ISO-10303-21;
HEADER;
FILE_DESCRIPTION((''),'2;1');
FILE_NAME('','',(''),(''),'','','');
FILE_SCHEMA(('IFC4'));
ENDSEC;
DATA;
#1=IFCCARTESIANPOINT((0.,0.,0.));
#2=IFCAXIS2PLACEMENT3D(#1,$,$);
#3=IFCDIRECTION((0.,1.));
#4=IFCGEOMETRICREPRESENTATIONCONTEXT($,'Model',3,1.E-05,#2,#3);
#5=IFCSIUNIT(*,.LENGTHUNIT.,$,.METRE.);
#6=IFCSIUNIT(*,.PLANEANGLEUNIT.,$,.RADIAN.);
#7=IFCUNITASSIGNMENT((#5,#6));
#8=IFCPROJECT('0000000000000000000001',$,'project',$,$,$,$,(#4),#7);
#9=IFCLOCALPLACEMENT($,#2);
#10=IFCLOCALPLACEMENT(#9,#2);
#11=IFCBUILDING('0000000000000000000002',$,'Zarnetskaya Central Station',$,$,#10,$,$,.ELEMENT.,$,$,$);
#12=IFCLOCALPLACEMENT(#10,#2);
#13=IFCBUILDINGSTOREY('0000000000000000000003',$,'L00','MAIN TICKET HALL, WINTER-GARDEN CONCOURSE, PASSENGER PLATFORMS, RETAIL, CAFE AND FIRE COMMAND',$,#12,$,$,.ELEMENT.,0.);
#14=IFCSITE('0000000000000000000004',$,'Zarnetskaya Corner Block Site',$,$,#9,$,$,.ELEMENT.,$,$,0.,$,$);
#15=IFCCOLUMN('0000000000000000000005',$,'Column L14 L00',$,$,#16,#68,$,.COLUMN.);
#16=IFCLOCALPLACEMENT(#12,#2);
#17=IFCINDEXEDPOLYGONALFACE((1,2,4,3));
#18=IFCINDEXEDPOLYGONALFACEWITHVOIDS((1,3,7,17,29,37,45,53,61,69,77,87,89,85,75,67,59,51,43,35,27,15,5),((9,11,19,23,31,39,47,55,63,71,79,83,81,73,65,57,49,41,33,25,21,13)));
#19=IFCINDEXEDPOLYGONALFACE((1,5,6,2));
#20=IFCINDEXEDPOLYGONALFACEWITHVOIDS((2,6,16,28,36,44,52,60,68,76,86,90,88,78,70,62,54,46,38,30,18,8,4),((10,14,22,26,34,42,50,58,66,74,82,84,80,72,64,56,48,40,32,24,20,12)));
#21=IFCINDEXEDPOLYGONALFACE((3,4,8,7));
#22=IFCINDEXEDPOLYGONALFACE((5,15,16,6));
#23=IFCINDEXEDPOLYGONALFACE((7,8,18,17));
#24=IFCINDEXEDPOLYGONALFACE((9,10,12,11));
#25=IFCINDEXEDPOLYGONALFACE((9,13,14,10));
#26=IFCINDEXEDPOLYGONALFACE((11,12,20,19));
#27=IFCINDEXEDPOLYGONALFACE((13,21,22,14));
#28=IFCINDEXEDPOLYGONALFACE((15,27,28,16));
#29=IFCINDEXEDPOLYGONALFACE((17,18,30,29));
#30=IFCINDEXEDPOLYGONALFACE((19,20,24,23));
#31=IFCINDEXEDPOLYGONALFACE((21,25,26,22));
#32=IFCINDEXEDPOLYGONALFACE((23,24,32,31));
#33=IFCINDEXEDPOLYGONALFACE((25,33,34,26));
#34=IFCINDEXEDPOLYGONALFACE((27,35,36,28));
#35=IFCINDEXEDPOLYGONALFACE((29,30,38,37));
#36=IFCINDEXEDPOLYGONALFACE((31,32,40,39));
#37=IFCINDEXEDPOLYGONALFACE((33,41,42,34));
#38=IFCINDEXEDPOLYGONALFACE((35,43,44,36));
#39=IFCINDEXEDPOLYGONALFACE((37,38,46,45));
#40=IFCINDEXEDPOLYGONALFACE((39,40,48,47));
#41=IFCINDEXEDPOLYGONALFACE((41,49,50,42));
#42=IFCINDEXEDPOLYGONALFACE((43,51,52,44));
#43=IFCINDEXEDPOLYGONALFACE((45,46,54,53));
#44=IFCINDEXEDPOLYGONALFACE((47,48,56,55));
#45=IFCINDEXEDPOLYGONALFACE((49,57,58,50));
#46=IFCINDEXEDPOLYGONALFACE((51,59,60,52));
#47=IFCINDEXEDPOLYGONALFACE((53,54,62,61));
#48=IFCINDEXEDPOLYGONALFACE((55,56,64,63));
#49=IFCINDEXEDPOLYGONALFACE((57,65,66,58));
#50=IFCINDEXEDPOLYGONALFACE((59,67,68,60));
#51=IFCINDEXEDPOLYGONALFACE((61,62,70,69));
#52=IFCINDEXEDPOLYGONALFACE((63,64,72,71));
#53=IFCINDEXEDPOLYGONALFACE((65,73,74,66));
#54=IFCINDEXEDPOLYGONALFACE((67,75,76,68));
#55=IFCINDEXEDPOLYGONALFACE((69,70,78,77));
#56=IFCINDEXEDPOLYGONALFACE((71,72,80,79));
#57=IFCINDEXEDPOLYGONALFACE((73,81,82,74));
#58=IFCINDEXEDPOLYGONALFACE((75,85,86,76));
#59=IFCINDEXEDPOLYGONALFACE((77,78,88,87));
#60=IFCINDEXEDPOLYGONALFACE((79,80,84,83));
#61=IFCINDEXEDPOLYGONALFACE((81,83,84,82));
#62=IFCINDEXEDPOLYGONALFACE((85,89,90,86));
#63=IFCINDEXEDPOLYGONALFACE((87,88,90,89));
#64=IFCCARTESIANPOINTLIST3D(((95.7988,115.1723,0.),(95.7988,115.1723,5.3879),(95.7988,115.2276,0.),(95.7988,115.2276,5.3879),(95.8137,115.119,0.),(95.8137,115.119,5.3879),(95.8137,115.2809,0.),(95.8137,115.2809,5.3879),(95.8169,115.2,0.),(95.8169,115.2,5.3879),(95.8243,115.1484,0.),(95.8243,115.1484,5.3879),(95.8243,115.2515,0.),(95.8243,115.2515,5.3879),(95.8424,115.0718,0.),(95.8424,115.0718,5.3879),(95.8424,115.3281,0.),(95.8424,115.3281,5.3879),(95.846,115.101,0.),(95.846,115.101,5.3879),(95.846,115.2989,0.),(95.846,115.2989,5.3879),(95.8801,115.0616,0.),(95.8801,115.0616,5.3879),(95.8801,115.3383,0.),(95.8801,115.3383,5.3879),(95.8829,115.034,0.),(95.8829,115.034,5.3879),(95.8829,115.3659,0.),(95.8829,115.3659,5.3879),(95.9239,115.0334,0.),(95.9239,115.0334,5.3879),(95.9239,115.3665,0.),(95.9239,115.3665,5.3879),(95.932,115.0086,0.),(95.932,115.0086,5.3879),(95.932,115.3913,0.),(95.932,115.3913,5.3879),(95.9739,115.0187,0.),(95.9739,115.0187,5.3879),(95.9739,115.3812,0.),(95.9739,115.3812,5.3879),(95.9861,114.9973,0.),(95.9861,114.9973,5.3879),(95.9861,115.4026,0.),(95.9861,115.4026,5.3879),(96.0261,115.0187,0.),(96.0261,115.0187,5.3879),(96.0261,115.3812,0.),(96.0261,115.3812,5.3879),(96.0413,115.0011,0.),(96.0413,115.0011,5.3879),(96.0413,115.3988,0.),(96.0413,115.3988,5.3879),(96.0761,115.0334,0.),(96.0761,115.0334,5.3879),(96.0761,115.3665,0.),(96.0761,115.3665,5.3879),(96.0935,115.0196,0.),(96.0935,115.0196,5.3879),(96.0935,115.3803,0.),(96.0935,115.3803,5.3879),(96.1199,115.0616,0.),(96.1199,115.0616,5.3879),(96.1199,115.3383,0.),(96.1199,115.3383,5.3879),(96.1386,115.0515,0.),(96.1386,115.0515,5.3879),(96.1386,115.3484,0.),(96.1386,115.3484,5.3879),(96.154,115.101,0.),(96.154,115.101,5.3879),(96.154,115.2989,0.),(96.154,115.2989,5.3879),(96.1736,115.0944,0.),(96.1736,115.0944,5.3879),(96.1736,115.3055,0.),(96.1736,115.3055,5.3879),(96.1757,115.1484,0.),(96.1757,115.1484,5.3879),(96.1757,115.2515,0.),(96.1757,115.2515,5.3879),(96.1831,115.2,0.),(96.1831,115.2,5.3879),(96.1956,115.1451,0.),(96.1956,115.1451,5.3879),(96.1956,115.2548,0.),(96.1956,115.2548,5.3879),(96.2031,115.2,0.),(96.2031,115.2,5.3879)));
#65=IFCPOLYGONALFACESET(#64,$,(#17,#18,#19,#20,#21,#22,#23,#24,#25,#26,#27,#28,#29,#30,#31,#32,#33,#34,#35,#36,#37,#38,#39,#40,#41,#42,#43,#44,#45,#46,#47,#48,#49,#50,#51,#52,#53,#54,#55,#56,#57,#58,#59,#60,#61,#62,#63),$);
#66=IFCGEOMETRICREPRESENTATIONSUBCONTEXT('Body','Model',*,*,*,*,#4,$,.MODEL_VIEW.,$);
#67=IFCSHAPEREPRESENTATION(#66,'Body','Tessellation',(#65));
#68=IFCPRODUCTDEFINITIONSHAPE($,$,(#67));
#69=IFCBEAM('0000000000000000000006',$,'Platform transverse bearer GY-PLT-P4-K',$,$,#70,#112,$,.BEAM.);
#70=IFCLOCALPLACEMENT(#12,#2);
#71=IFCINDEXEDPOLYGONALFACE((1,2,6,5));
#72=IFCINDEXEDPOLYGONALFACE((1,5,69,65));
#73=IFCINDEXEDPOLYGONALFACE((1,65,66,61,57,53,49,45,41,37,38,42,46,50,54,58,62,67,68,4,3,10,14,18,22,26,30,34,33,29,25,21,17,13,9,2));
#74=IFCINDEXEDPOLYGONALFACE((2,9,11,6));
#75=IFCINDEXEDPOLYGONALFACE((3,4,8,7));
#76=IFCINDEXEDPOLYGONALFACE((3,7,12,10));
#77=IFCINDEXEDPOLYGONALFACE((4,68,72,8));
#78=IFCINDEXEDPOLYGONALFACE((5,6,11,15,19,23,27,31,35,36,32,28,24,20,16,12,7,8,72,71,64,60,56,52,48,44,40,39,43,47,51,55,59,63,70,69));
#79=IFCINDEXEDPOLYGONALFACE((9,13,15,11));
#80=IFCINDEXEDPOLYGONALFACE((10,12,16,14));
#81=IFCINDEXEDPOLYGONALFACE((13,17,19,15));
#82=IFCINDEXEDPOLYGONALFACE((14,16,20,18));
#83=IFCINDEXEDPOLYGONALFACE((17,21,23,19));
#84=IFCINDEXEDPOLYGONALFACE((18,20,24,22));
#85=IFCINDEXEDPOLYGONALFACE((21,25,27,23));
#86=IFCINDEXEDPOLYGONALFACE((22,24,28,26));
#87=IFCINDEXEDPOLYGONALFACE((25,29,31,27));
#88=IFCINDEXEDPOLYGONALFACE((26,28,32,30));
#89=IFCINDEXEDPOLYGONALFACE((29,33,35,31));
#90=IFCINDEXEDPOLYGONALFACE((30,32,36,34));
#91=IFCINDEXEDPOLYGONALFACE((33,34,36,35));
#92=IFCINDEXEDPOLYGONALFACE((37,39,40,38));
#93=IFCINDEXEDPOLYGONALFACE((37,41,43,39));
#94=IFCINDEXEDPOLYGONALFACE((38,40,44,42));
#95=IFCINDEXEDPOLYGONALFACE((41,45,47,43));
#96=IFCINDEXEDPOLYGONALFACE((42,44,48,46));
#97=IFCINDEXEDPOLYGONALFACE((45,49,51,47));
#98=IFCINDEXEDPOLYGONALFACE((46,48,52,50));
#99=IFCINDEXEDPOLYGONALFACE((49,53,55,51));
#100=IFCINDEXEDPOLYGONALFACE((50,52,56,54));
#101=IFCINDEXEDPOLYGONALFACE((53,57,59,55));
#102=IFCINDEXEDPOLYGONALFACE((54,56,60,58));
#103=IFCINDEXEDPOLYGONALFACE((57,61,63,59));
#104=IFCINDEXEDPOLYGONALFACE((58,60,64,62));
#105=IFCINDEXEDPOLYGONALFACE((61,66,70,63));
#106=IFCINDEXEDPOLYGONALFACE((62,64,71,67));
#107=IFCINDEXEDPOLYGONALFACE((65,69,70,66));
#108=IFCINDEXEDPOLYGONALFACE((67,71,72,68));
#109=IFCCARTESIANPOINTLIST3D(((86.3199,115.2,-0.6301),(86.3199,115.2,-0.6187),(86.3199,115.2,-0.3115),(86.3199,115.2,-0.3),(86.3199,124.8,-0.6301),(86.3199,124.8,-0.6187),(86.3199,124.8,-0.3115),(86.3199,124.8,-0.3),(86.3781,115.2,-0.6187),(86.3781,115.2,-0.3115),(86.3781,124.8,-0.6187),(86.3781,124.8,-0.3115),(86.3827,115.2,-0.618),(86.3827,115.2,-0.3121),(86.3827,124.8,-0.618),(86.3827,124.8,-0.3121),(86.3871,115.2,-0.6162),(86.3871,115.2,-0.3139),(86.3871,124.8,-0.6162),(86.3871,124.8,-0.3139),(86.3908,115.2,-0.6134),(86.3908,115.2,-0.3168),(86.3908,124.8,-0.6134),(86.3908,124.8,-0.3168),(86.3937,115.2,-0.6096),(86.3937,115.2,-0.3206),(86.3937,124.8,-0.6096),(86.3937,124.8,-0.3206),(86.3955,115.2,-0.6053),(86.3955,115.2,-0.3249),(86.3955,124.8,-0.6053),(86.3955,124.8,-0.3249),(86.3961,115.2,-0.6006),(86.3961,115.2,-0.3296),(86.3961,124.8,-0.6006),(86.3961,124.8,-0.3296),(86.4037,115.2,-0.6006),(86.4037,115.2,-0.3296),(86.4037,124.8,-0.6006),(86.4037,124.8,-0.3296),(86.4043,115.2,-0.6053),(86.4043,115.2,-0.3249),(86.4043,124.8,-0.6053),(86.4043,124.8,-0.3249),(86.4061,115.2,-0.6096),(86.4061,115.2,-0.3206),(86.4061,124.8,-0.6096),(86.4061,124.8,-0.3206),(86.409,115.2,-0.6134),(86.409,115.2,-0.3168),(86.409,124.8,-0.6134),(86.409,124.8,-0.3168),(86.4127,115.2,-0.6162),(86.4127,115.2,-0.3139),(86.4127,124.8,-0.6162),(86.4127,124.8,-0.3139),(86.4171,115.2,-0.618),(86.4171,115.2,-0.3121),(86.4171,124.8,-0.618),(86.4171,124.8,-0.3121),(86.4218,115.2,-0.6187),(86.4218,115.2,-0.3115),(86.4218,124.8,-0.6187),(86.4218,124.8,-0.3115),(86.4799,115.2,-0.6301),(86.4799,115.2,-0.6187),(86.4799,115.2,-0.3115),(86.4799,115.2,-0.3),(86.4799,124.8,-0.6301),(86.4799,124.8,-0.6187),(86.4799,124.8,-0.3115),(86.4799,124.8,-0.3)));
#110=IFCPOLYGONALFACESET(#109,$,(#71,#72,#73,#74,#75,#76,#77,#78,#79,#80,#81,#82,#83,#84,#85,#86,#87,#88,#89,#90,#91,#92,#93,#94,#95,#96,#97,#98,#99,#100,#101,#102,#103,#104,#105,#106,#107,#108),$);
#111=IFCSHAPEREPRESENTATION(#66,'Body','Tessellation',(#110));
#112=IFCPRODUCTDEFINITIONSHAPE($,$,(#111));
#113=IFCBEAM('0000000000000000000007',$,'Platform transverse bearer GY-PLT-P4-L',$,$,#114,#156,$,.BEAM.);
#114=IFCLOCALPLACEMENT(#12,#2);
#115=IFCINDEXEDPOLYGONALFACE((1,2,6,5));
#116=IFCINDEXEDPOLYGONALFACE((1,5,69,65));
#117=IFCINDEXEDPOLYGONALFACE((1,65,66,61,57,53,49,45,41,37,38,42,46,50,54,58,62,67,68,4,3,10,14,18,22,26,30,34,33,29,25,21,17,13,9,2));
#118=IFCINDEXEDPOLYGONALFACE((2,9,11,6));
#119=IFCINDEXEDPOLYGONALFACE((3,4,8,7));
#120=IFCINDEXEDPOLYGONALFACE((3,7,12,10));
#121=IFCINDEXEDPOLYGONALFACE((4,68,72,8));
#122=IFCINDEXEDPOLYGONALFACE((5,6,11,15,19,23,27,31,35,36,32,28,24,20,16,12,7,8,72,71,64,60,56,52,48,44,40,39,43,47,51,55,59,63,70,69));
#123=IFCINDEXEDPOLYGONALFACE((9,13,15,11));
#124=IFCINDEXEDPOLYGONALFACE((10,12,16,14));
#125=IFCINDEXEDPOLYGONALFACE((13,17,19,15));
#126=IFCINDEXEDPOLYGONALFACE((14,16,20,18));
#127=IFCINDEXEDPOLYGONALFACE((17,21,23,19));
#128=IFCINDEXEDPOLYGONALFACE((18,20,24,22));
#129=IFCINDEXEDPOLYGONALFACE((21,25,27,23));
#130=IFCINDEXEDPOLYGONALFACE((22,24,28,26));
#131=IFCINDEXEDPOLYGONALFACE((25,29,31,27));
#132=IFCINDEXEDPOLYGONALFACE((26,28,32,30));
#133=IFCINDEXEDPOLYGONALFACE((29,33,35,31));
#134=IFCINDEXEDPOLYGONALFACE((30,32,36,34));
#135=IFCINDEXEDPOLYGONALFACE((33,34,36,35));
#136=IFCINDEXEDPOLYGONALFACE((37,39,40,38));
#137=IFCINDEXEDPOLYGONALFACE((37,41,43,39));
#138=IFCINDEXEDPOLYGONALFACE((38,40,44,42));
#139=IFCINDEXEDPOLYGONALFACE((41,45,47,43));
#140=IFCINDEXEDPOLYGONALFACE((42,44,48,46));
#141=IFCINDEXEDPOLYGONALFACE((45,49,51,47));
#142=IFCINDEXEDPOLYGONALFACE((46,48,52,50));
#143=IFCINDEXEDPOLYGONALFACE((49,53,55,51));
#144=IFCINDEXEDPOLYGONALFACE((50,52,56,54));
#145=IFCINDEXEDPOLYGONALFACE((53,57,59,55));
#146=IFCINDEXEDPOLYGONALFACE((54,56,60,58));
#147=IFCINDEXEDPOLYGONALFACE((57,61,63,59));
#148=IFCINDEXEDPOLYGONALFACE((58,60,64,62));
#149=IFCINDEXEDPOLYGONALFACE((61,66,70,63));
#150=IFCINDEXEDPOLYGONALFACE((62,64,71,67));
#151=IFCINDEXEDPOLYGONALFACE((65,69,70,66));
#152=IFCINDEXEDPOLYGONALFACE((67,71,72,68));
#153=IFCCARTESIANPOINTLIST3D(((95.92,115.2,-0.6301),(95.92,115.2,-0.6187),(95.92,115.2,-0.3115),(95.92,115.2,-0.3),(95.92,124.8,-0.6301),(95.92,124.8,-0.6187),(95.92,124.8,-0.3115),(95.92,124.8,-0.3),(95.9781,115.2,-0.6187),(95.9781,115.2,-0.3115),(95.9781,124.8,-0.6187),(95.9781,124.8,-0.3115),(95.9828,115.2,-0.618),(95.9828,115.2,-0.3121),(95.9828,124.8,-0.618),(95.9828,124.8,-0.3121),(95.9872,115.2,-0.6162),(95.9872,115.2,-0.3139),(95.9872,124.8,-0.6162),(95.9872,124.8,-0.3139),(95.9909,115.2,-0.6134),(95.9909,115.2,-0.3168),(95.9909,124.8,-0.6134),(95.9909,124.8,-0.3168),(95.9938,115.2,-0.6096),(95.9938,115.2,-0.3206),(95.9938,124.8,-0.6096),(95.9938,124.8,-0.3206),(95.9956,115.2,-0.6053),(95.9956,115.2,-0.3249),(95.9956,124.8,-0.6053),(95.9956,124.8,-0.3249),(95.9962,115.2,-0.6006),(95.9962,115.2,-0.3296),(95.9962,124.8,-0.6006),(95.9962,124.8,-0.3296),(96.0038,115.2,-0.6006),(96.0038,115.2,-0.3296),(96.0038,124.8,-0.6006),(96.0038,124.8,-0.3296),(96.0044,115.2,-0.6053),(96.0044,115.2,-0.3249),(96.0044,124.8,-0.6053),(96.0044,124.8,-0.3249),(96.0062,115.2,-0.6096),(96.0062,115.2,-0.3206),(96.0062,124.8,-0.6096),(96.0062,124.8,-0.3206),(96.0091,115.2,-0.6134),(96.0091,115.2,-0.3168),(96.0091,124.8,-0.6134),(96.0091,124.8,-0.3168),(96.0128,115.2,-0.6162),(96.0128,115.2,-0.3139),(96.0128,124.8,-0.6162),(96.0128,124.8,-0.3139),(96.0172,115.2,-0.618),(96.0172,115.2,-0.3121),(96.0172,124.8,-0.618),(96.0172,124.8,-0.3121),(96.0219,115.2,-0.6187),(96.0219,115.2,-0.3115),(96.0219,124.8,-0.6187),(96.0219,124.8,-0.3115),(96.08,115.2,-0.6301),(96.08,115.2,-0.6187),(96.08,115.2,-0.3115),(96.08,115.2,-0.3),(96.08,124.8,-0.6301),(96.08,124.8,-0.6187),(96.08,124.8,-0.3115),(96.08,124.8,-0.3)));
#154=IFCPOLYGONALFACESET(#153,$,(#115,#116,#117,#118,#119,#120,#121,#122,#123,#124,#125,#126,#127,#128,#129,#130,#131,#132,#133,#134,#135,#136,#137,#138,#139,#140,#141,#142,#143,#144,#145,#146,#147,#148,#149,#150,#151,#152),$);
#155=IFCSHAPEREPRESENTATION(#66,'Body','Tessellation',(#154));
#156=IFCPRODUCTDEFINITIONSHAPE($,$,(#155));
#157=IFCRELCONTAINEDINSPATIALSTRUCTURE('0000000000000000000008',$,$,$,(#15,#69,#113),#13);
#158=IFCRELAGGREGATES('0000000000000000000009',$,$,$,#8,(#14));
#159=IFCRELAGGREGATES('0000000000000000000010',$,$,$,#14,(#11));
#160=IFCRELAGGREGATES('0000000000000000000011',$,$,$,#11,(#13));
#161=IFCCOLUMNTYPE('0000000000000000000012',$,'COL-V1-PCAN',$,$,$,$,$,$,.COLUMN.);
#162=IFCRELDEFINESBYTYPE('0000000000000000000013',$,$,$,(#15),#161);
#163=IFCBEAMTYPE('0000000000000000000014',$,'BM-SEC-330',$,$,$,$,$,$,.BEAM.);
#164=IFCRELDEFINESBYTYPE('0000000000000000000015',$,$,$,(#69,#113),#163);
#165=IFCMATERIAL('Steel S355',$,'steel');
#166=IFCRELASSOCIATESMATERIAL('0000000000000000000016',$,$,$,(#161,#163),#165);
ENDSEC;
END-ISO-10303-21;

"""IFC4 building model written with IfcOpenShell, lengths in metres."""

from ifc_helpers import new_model, si_unit, direction, frame, origin, origin_2d, place, context, subcontext, project, spatial, hollow_circle, i_section, extrude, material, material_profile, profile_set, type_object, element, save


model = new_model("IFC4")

# Units and contexts
model_context = context("Model", 3, precision=1e-05, world=origin(), true_north=direction((0.0, 1.0)))
body_context = subcontext(model_context, "Body", "Model", "MODEL_VIEW")
ifc_project = project(units=[si_unit("LENGTHUNIT", "METRE"), si_unit("PLANEANGLEUNIT", "RADIAN")], contexts=[model_context])

# Site, building, storey
site_placement = place(None, origin())
site = spatial("IfcSite", under=ifc_project, at=site_placement, Name="Zarnetskaya Corner Block Site", CompositionType="ELEMENT", RefElevation=0.0)
building_placement = place(site_placement, origin())
building = spatial("IfcBuilding", under=site, at=building_placement, Name="Zarnetskaya Central Station", CompositionType="ELEMENT")
storey_placement = place(building_placement, origin())
storey = spatial("IfcBuildingStorey", under=building, at=storey_placement, Name="L00", Description="MAIN TICKET HALL, WINTER-GARDEN CONCOURSE, PASSENGER PLATFORMS, RETAIL, CAFE AND FIRE COMMAND", CompositionType="ELEMENT", Elevation=0.0)

# Column
ifc_material_1 = material(Name="Steel S355", Category="steel")
ifc_material_profile_1 = material_profile(ifc_material_1, hollow_circle(Radius=0.2031, WallThickness=0.02, at=origin_2d()), Name="CHS 406.4x20")
ifc_profile_set_1 = profile_set([ifc_material_profile_1], Name="Steel S355")
column_type = type_object("IfcColumnType", Name="COL-V1-PCAN", PredefinedType="COLUMN", material=ifc_profile_set_1)
column_placement = place(storey_placement, frame((96.0, 115.2, 0.0), z_axis=(0.0, 0.0, 1.0), x_axis=(1.0, 0.0, 0.0)))
element("IfcColumn", 1, at=column_placement, inside=storey, type_object=column_type, Name="Column L14 L00", PredefinedType="COLUMN", context=body_context, shape_type="SweptSolid", body=[
    extrude(hollow_circle(Radius=0.2031, WallThickness=0.02, at=origin_2d()), origin(), (0.0, 0.0, 1.0), 5.3879),
])

# Beams
ifc_material_profile_2 = material_profile(ifc_material_1, i_section(OverallWidth=0.1599, OverallDepth=0.3301, WebThickness=0.0076, FlangeThickness=0.0115, FilletRadius=0.0181, at=origin_2d()), Name="IPE 330")
ifc_profile_set_2 = profile_set([ifc_material_profile_2], Name="Steel S355")
beam_type_1 = type_object("IfcBeamType", Name="BM-SEC-330", PredefinedType="BEAM", material=ifc_profile_set_2)
for number, where, z_axis, x_axis, name in (
    (2, (86.3999, 115.2, -0.4651), (0.0, 1.0, 0.0), (-1.0, 0.0, 0.0), "Platform transverse bearer GY-PLT-P4-K"),
    (3, (96.0, 115.2, -0.4651), (0.0, 1.0, 0.0), (-1.0, 0.0, 0.0), "Platform transverse bearer GY-PLT-P4-L"),
):
    element("IfcBeam", number, at=place(storey_placement, frame(where, z_axis=z_axis, x_axis=x_axis)), inside=storey, type_object=beam_type_1, Name=name, PredefinedType="BEAM", context=body_context, shape_type="SweptSolid", body=[
        extrude(i_section(OverallWidth=0.1599, OverallDepth=0.3301, WebThickness=0.0076, FlangeThickness=0.0115, FilletRadius=0.0181, at=origin_2d()), origin(), (0.0, 0.0, 1.0), 9.6001),
    ])

save(model, "model.ifc")
